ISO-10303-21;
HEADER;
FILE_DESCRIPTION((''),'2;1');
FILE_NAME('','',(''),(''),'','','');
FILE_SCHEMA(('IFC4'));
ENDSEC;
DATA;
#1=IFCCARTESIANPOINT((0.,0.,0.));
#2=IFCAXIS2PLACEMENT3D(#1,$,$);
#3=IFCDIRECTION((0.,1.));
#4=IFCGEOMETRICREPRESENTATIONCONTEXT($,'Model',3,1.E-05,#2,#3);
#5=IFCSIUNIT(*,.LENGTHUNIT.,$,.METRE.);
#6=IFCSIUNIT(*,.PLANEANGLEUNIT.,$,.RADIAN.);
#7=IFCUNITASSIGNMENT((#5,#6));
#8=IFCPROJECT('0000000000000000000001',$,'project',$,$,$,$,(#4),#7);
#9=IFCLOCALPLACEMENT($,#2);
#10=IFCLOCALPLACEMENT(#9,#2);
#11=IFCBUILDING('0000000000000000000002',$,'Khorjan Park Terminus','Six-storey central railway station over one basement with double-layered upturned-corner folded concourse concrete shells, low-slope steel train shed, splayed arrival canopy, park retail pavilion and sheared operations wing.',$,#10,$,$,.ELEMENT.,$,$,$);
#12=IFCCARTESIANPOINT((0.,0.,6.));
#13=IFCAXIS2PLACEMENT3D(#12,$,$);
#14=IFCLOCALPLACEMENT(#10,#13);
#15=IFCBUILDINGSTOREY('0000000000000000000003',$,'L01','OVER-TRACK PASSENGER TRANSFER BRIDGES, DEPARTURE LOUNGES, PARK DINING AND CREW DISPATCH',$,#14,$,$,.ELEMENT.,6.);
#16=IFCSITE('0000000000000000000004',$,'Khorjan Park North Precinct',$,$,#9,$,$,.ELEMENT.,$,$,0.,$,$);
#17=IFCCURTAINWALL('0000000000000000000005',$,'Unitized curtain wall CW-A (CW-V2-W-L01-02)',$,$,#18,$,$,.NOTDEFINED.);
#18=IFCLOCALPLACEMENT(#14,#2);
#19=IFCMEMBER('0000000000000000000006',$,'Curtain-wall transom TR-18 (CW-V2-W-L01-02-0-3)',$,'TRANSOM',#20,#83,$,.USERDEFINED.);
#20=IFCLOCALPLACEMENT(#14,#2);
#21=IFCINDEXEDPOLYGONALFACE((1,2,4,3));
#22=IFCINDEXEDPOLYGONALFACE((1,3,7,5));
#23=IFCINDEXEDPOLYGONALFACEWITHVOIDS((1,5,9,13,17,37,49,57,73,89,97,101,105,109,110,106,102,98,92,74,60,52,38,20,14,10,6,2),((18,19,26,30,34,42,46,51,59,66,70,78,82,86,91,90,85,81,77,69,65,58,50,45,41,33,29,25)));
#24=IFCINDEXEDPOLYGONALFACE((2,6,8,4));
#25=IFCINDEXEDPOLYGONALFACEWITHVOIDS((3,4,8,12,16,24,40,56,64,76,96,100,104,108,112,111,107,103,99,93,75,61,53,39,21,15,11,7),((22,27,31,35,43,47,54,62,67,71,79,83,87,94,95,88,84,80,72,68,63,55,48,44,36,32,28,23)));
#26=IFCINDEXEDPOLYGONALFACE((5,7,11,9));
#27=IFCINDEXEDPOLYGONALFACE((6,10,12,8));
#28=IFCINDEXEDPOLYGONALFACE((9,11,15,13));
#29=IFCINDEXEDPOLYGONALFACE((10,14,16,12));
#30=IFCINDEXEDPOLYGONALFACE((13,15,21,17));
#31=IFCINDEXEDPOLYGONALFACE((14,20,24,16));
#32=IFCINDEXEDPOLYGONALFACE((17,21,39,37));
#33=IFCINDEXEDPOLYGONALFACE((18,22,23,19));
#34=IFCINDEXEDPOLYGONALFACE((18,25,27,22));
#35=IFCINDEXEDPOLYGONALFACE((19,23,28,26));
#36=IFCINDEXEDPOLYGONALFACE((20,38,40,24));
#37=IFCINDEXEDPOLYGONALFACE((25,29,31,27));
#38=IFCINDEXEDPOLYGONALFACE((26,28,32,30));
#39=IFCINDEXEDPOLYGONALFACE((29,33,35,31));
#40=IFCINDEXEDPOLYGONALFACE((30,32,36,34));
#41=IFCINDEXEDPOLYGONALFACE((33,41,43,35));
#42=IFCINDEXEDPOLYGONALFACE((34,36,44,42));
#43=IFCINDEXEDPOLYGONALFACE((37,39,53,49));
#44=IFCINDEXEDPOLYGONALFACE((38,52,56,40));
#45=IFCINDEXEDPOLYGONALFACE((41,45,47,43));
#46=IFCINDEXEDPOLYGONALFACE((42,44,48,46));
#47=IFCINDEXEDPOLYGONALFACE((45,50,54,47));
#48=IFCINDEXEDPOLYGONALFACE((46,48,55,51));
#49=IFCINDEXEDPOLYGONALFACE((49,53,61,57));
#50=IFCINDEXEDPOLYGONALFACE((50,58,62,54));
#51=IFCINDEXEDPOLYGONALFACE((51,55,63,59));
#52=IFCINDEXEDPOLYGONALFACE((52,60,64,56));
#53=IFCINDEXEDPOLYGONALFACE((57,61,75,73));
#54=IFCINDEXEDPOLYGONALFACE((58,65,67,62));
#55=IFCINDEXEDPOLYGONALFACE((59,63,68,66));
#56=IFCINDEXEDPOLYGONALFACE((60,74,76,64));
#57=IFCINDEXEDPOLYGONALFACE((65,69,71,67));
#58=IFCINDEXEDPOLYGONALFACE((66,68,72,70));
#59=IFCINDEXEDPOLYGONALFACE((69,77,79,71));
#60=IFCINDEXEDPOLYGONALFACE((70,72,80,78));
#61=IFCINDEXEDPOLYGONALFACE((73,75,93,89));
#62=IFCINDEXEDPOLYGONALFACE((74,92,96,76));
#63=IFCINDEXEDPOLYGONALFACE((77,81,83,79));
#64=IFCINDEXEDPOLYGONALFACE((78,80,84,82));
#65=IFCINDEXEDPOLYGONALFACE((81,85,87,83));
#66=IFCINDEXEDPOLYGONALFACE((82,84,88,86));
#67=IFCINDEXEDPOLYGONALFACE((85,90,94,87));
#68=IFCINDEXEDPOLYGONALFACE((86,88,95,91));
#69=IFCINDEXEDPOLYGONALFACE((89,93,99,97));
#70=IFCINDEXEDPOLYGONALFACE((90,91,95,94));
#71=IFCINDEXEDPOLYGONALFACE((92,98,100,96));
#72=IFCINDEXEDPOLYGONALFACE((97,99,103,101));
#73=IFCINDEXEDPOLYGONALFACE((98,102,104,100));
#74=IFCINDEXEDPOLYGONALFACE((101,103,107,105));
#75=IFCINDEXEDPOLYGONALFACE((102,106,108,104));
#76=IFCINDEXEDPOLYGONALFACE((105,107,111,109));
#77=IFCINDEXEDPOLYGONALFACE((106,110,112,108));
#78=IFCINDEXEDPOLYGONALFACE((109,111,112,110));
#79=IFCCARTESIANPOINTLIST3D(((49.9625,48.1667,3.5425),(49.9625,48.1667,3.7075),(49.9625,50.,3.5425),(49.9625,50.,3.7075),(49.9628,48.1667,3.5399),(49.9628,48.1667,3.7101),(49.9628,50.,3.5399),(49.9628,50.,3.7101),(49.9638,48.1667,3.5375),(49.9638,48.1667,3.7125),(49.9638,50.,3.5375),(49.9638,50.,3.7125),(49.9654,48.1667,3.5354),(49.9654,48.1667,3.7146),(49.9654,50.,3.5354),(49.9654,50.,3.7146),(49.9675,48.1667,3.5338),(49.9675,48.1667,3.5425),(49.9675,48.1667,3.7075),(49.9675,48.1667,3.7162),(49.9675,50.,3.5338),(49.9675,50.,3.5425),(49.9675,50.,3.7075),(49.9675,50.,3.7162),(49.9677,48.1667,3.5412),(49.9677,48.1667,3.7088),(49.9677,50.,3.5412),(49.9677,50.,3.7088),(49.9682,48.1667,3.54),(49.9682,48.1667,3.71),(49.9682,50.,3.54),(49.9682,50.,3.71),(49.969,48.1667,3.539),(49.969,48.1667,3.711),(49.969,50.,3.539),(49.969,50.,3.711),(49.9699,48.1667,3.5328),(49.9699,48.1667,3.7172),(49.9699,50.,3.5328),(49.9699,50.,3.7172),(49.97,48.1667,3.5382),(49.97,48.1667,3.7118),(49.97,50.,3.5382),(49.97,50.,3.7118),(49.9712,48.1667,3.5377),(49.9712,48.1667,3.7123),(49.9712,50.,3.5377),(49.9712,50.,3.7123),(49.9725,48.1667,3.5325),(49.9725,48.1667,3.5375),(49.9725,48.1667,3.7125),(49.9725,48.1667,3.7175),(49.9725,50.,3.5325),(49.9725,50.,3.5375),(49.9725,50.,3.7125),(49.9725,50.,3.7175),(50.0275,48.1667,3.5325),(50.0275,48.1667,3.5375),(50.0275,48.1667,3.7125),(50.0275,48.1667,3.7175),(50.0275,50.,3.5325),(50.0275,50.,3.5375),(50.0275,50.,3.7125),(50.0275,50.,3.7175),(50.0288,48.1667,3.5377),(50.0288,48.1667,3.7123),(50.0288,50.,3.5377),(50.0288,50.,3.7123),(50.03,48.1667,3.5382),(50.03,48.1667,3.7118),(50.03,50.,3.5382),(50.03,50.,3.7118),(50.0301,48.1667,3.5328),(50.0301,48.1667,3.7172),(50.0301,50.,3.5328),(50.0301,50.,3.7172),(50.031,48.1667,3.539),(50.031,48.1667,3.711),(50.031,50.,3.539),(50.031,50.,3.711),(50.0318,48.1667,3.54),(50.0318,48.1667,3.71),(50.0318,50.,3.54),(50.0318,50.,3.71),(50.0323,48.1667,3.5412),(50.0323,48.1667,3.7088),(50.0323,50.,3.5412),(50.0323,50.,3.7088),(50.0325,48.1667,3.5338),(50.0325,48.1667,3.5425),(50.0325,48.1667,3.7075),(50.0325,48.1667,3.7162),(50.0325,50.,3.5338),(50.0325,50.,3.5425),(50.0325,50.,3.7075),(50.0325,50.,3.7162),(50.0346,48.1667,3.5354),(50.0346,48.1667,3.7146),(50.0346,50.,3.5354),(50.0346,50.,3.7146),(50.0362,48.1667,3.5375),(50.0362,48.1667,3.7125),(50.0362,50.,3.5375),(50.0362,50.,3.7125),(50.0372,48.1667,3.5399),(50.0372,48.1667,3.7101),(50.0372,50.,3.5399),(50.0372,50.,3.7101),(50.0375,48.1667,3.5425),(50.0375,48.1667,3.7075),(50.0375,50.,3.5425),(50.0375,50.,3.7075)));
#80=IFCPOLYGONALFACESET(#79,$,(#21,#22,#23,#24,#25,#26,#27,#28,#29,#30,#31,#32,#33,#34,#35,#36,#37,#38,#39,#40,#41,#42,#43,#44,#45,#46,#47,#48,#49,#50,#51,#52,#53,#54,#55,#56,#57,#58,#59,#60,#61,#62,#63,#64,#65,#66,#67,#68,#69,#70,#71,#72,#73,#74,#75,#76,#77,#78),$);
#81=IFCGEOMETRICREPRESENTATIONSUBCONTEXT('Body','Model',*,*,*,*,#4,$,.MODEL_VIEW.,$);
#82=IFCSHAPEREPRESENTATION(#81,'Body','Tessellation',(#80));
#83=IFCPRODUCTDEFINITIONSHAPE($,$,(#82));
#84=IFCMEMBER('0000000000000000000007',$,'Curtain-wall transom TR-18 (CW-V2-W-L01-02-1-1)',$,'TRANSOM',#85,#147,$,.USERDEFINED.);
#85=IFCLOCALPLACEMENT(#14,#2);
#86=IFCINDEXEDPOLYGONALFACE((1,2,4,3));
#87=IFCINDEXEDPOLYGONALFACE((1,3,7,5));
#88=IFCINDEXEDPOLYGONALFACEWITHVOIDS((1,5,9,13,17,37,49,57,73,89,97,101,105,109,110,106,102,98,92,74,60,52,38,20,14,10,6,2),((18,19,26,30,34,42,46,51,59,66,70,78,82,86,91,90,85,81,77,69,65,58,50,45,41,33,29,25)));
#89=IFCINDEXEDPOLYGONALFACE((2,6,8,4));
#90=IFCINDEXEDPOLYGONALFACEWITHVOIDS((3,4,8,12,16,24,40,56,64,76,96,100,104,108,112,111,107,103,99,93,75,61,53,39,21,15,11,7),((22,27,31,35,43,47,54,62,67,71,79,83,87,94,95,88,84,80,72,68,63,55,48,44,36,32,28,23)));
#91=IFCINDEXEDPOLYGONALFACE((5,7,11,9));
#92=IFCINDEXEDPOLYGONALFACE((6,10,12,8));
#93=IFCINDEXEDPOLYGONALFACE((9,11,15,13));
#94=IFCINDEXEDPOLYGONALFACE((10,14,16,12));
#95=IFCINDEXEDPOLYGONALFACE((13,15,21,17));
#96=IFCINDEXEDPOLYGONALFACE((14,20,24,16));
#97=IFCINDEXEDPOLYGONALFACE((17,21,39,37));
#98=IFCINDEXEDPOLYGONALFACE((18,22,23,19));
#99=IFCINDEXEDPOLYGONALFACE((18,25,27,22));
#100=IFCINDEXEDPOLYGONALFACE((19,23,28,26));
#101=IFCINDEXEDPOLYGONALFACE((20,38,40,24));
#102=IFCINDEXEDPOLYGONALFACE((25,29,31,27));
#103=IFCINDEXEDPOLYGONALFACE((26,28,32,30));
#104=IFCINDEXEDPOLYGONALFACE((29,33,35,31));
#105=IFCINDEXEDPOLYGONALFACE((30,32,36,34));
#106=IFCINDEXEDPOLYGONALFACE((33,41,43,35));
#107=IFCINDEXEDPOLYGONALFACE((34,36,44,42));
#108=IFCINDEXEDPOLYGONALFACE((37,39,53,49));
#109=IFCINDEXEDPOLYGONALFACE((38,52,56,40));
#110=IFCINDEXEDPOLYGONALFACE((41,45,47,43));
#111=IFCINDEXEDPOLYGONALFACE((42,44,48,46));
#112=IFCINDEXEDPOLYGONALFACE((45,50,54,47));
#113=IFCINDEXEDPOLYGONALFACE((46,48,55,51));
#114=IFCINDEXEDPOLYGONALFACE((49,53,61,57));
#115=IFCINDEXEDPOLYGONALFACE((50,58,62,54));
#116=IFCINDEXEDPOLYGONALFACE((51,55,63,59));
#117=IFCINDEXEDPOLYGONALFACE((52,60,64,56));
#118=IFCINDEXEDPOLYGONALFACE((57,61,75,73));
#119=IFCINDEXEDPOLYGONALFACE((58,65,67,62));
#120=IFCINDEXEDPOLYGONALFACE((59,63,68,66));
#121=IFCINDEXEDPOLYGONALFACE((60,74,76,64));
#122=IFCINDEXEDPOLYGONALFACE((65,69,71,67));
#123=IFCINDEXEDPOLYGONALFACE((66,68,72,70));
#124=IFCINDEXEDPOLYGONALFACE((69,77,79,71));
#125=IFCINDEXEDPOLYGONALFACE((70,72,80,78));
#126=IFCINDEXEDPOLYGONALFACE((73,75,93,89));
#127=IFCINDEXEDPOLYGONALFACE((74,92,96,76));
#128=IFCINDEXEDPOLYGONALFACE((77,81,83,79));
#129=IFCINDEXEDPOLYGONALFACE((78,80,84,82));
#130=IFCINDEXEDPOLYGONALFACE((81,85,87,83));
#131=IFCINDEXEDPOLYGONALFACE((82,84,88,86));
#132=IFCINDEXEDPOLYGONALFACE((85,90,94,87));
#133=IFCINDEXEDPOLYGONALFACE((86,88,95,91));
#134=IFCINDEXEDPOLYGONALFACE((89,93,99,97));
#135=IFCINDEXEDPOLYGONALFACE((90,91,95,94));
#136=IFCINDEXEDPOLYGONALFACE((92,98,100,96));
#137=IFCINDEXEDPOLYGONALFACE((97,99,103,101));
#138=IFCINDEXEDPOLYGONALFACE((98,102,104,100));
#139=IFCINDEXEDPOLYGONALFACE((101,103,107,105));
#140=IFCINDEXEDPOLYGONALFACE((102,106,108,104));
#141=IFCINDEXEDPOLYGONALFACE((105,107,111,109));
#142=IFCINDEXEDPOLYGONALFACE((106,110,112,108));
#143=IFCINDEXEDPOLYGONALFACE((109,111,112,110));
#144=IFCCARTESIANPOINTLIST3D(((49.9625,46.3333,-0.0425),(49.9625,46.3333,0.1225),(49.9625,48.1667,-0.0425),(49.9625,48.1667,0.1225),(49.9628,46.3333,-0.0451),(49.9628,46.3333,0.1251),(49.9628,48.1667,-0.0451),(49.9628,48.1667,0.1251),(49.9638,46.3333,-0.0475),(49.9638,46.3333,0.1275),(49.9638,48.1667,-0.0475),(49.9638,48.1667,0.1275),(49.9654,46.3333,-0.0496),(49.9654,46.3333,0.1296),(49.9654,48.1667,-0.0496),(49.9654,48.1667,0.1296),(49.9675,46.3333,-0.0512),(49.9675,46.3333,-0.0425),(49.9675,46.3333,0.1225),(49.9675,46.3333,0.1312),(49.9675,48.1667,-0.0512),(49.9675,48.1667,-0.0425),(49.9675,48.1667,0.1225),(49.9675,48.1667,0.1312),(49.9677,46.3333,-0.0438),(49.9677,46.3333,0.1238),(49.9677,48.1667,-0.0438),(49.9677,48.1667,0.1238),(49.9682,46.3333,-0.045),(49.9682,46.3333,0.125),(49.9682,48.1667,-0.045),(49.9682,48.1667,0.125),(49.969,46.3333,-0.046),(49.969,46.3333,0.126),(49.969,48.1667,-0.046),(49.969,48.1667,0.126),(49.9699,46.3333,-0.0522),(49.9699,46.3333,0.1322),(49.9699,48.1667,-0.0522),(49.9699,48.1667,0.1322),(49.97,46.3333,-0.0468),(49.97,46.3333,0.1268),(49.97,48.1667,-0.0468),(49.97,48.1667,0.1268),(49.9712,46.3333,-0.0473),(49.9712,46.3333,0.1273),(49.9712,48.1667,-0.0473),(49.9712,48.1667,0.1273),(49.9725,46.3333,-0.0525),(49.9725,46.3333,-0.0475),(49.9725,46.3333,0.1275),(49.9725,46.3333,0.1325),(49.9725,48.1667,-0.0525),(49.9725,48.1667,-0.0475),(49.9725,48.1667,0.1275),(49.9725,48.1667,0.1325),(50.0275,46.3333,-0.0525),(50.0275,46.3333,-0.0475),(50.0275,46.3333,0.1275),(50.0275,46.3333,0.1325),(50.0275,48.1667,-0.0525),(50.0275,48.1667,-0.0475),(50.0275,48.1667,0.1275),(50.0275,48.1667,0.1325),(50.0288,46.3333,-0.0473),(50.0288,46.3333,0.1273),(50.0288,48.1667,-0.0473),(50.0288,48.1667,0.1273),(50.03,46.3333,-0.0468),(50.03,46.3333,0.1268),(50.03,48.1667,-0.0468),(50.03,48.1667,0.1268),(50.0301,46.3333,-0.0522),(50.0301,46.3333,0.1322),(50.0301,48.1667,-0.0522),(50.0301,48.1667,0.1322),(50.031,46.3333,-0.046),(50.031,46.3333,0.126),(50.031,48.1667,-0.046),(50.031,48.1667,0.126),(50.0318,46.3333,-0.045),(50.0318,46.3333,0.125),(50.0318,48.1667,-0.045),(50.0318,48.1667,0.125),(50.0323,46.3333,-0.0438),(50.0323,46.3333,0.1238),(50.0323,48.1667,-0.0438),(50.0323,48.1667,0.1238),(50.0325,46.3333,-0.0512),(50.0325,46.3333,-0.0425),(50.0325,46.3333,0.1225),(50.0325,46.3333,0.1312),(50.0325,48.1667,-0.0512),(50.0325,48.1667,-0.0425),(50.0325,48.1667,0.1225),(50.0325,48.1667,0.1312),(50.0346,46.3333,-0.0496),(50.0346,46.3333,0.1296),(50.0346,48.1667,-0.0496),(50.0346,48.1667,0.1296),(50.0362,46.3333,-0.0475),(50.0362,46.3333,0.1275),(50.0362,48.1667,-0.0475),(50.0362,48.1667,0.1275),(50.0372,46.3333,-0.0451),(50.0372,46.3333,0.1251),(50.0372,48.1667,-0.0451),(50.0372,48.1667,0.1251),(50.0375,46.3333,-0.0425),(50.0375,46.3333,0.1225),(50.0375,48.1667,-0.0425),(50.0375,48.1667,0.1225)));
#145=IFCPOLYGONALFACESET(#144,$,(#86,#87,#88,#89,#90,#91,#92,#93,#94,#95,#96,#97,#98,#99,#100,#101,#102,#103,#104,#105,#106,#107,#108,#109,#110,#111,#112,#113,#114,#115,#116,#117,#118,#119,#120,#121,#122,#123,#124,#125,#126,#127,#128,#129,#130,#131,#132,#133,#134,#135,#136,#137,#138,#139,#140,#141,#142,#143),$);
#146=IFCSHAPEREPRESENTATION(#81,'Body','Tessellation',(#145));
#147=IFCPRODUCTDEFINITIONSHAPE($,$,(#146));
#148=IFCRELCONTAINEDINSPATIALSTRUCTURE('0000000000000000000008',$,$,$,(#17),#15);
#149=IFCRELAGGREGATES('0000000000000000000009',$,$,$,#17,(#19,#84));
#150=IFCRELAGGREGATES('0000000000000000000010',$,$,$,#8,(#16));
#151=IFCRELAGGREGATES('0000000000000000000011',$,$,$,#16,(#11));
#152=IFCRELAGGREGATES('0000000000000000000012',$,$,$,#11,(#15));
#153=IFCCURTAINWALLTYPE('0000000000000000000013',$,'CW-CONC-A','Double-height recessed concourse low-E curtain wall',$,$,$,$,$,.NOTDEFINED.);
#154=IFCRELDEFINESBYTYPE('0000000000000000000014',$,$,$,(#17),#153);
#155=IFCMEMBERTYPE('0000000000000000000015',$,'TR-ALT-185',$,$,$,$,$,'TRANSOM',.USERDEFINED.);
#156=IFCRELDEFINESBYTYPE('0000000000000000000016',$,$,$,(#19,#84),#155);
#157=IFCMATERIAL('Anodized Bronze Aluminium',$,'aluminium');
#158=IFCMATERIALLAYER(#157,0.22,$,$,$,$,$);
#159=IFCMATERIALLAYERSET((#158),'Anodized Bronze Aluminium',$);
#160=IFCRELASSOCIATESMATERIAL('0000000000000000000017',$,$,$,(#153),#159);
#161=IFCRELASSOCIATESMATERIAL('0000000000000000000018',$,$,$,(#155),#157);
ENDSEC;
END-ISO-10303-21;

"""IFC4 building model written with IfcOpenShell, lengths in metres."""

from ifc_helpers import new_model, si_unit, direction, frame, origin, origin_2d, place, context, subcontext, project, spatial, hollow_rectangle, extrude, material, layer, layer_set, material_profile, profile_set, type_object, element, aggregate, save


model = new_model("IFC4")

# Units and contexts
model_context = context("Model", 3, precision=1e-05, world=origin(), true_north=direction((0.0, 1.0)))
body_context = subcontext(model_context, "Body", "Model", "MODEL_VIEW")
ifc_project = project(units=[si_unit("LENGTHUNIT", "METRE"), si_unit("PLANEANGLEUNIT", "RADIAN")], contexts=[model_context])

# Site, building, storey
site_placement = place(None, origin())
site = spatial("IfcSite", under=ifc_project, at=site_placement, Name="Khorjan Park North Precinct", CompositionType="ELEMENT", RefElevation=0.0)
building_placement = place(site_placement, origin())
building = spatial("IfcBuilding", under=site, at=building_placement, Name="Khorjan Park Terminus", Description="Six-storey central railway station over one basement with double-layered upturned-corner folded concourse concrete shells, low-slope steel train shed, splayed arrival canopy, park retail pavilion and sheared operations wing.", CompositionType="ELEMENT")
storey_placement = place(building_placement, frame((0.0, 0.0, 6.0)))
storey = spatial("IfcBuildingStorey", under=building, at=storey_placement, Name="L01", Description="OVER-TRACK PASSENGER TRANSFER BRIDGES, DEPARTURE LOUNGES, PARK DINING AND CREW DISPATCH", CompositionType="ELEMENT", Elevation=6.0)

# Curtain wall
ifc_material_1 = material(Name="Anodized Bronze Aluminium", Category="aluminium")
ifc_layer_1 = layer(ifc_material_1, 0.22)
ifc_layer_set_1 = layer_set([ifc_layer_1], Name="Anodized Bronze Aluminium")
curtain_wall_type_1 = type_object("IfcCurtainWallType", Name="CW-CONC-A", Description="Double-height recessed concourse low-E curtain wall", PredefinedType="NOTDEFINED", material=ifc_layer_set_1)
curtain_wall_1_placement = place(storey_placement, origin())
curtain_wall_1 = element("IfcCurtainWall", 1, at=curtain_wall_1_placement, inside=storey, type_object=curtain_wall_type_1, Name="Unitized curtain wall CW-A (CW-V2-W-L01-02)", PredefinedType="NOTDEFINED")

# Members
ifc_material_profile_1 = material_profile(ifc_material_1, hollow_rectangle(XDim=0.075, YDim=0.185, WallThickness=0.005, InnerFilletRadius=0.005, OuterFilletRadius=0.01, at=origin_2d()), Name="ALT 75x185x5")
ifc_profile_set_1 = profile_set([ifc_material_profile_1], Name="Anodized Bronze Aluminium")
member_type_1 = type_object("IfcMemberType", Name="TR-ALT-185", ElementType="TRANSOM", PredefinedType="USERDEFINED", material=ifc_profile_set_1)
member_1_placement = place(storey_placement, frame((50.0, 50.0, 3.625), z_axis=(0.0, -1.0, 0.0), x_axis=(1.0, 0.0, 0.0)))
member_1 = element("IfcMember", 2, at=member_1_placement, type_object=member_type_1, Name="Curtain-wall transom TR-18 (CW-V2-W-L01-02-0-3)", ObjectType="TRANSOM", PredefinedType="USERDEFINED", context=body_context, shape_type="SweptSolid", body=[
    extrude(hollow_rectangle(XDim=0.075, YDim=0.185, WallThickness=0.005, InnerFilletRadius=0.005, OuterFilletRadius=0.01, at=origin_2d()), origin(), (0.0, 0.0, 1.0), 1.8333),
])
member_2_placement = place(storey_placement, frame((50.0, 48.1667, 0.04), z_axis=(0.0, -1.0, 0.0), x_axis=(1.0, 0.0, 0.0)))
member_2 = element("IfcMember", 3, at=member_2_placement, type_object=member_type_1, Name="Curtain-wall transom TR-18 (CW-V2-W-L01-02-1-1)", ObjectType="TRANSOM", PredefinedType="USERDEFINED", context=body_context, shape_type="SweptSolid", body=[
    extrude(hollow_rectangle(XDim=0.075, YDim=0.185, WallThickness=0.005, InnerFilletRadius=0.005, OuterFilletRadius=0.01, at=origin_2d()), origin(), (0.0, 0.0, 1.0), 1.8334),
])

aggregate(curtain_wall_1, [member_1, member_2])

save(model, "model.ifc")
